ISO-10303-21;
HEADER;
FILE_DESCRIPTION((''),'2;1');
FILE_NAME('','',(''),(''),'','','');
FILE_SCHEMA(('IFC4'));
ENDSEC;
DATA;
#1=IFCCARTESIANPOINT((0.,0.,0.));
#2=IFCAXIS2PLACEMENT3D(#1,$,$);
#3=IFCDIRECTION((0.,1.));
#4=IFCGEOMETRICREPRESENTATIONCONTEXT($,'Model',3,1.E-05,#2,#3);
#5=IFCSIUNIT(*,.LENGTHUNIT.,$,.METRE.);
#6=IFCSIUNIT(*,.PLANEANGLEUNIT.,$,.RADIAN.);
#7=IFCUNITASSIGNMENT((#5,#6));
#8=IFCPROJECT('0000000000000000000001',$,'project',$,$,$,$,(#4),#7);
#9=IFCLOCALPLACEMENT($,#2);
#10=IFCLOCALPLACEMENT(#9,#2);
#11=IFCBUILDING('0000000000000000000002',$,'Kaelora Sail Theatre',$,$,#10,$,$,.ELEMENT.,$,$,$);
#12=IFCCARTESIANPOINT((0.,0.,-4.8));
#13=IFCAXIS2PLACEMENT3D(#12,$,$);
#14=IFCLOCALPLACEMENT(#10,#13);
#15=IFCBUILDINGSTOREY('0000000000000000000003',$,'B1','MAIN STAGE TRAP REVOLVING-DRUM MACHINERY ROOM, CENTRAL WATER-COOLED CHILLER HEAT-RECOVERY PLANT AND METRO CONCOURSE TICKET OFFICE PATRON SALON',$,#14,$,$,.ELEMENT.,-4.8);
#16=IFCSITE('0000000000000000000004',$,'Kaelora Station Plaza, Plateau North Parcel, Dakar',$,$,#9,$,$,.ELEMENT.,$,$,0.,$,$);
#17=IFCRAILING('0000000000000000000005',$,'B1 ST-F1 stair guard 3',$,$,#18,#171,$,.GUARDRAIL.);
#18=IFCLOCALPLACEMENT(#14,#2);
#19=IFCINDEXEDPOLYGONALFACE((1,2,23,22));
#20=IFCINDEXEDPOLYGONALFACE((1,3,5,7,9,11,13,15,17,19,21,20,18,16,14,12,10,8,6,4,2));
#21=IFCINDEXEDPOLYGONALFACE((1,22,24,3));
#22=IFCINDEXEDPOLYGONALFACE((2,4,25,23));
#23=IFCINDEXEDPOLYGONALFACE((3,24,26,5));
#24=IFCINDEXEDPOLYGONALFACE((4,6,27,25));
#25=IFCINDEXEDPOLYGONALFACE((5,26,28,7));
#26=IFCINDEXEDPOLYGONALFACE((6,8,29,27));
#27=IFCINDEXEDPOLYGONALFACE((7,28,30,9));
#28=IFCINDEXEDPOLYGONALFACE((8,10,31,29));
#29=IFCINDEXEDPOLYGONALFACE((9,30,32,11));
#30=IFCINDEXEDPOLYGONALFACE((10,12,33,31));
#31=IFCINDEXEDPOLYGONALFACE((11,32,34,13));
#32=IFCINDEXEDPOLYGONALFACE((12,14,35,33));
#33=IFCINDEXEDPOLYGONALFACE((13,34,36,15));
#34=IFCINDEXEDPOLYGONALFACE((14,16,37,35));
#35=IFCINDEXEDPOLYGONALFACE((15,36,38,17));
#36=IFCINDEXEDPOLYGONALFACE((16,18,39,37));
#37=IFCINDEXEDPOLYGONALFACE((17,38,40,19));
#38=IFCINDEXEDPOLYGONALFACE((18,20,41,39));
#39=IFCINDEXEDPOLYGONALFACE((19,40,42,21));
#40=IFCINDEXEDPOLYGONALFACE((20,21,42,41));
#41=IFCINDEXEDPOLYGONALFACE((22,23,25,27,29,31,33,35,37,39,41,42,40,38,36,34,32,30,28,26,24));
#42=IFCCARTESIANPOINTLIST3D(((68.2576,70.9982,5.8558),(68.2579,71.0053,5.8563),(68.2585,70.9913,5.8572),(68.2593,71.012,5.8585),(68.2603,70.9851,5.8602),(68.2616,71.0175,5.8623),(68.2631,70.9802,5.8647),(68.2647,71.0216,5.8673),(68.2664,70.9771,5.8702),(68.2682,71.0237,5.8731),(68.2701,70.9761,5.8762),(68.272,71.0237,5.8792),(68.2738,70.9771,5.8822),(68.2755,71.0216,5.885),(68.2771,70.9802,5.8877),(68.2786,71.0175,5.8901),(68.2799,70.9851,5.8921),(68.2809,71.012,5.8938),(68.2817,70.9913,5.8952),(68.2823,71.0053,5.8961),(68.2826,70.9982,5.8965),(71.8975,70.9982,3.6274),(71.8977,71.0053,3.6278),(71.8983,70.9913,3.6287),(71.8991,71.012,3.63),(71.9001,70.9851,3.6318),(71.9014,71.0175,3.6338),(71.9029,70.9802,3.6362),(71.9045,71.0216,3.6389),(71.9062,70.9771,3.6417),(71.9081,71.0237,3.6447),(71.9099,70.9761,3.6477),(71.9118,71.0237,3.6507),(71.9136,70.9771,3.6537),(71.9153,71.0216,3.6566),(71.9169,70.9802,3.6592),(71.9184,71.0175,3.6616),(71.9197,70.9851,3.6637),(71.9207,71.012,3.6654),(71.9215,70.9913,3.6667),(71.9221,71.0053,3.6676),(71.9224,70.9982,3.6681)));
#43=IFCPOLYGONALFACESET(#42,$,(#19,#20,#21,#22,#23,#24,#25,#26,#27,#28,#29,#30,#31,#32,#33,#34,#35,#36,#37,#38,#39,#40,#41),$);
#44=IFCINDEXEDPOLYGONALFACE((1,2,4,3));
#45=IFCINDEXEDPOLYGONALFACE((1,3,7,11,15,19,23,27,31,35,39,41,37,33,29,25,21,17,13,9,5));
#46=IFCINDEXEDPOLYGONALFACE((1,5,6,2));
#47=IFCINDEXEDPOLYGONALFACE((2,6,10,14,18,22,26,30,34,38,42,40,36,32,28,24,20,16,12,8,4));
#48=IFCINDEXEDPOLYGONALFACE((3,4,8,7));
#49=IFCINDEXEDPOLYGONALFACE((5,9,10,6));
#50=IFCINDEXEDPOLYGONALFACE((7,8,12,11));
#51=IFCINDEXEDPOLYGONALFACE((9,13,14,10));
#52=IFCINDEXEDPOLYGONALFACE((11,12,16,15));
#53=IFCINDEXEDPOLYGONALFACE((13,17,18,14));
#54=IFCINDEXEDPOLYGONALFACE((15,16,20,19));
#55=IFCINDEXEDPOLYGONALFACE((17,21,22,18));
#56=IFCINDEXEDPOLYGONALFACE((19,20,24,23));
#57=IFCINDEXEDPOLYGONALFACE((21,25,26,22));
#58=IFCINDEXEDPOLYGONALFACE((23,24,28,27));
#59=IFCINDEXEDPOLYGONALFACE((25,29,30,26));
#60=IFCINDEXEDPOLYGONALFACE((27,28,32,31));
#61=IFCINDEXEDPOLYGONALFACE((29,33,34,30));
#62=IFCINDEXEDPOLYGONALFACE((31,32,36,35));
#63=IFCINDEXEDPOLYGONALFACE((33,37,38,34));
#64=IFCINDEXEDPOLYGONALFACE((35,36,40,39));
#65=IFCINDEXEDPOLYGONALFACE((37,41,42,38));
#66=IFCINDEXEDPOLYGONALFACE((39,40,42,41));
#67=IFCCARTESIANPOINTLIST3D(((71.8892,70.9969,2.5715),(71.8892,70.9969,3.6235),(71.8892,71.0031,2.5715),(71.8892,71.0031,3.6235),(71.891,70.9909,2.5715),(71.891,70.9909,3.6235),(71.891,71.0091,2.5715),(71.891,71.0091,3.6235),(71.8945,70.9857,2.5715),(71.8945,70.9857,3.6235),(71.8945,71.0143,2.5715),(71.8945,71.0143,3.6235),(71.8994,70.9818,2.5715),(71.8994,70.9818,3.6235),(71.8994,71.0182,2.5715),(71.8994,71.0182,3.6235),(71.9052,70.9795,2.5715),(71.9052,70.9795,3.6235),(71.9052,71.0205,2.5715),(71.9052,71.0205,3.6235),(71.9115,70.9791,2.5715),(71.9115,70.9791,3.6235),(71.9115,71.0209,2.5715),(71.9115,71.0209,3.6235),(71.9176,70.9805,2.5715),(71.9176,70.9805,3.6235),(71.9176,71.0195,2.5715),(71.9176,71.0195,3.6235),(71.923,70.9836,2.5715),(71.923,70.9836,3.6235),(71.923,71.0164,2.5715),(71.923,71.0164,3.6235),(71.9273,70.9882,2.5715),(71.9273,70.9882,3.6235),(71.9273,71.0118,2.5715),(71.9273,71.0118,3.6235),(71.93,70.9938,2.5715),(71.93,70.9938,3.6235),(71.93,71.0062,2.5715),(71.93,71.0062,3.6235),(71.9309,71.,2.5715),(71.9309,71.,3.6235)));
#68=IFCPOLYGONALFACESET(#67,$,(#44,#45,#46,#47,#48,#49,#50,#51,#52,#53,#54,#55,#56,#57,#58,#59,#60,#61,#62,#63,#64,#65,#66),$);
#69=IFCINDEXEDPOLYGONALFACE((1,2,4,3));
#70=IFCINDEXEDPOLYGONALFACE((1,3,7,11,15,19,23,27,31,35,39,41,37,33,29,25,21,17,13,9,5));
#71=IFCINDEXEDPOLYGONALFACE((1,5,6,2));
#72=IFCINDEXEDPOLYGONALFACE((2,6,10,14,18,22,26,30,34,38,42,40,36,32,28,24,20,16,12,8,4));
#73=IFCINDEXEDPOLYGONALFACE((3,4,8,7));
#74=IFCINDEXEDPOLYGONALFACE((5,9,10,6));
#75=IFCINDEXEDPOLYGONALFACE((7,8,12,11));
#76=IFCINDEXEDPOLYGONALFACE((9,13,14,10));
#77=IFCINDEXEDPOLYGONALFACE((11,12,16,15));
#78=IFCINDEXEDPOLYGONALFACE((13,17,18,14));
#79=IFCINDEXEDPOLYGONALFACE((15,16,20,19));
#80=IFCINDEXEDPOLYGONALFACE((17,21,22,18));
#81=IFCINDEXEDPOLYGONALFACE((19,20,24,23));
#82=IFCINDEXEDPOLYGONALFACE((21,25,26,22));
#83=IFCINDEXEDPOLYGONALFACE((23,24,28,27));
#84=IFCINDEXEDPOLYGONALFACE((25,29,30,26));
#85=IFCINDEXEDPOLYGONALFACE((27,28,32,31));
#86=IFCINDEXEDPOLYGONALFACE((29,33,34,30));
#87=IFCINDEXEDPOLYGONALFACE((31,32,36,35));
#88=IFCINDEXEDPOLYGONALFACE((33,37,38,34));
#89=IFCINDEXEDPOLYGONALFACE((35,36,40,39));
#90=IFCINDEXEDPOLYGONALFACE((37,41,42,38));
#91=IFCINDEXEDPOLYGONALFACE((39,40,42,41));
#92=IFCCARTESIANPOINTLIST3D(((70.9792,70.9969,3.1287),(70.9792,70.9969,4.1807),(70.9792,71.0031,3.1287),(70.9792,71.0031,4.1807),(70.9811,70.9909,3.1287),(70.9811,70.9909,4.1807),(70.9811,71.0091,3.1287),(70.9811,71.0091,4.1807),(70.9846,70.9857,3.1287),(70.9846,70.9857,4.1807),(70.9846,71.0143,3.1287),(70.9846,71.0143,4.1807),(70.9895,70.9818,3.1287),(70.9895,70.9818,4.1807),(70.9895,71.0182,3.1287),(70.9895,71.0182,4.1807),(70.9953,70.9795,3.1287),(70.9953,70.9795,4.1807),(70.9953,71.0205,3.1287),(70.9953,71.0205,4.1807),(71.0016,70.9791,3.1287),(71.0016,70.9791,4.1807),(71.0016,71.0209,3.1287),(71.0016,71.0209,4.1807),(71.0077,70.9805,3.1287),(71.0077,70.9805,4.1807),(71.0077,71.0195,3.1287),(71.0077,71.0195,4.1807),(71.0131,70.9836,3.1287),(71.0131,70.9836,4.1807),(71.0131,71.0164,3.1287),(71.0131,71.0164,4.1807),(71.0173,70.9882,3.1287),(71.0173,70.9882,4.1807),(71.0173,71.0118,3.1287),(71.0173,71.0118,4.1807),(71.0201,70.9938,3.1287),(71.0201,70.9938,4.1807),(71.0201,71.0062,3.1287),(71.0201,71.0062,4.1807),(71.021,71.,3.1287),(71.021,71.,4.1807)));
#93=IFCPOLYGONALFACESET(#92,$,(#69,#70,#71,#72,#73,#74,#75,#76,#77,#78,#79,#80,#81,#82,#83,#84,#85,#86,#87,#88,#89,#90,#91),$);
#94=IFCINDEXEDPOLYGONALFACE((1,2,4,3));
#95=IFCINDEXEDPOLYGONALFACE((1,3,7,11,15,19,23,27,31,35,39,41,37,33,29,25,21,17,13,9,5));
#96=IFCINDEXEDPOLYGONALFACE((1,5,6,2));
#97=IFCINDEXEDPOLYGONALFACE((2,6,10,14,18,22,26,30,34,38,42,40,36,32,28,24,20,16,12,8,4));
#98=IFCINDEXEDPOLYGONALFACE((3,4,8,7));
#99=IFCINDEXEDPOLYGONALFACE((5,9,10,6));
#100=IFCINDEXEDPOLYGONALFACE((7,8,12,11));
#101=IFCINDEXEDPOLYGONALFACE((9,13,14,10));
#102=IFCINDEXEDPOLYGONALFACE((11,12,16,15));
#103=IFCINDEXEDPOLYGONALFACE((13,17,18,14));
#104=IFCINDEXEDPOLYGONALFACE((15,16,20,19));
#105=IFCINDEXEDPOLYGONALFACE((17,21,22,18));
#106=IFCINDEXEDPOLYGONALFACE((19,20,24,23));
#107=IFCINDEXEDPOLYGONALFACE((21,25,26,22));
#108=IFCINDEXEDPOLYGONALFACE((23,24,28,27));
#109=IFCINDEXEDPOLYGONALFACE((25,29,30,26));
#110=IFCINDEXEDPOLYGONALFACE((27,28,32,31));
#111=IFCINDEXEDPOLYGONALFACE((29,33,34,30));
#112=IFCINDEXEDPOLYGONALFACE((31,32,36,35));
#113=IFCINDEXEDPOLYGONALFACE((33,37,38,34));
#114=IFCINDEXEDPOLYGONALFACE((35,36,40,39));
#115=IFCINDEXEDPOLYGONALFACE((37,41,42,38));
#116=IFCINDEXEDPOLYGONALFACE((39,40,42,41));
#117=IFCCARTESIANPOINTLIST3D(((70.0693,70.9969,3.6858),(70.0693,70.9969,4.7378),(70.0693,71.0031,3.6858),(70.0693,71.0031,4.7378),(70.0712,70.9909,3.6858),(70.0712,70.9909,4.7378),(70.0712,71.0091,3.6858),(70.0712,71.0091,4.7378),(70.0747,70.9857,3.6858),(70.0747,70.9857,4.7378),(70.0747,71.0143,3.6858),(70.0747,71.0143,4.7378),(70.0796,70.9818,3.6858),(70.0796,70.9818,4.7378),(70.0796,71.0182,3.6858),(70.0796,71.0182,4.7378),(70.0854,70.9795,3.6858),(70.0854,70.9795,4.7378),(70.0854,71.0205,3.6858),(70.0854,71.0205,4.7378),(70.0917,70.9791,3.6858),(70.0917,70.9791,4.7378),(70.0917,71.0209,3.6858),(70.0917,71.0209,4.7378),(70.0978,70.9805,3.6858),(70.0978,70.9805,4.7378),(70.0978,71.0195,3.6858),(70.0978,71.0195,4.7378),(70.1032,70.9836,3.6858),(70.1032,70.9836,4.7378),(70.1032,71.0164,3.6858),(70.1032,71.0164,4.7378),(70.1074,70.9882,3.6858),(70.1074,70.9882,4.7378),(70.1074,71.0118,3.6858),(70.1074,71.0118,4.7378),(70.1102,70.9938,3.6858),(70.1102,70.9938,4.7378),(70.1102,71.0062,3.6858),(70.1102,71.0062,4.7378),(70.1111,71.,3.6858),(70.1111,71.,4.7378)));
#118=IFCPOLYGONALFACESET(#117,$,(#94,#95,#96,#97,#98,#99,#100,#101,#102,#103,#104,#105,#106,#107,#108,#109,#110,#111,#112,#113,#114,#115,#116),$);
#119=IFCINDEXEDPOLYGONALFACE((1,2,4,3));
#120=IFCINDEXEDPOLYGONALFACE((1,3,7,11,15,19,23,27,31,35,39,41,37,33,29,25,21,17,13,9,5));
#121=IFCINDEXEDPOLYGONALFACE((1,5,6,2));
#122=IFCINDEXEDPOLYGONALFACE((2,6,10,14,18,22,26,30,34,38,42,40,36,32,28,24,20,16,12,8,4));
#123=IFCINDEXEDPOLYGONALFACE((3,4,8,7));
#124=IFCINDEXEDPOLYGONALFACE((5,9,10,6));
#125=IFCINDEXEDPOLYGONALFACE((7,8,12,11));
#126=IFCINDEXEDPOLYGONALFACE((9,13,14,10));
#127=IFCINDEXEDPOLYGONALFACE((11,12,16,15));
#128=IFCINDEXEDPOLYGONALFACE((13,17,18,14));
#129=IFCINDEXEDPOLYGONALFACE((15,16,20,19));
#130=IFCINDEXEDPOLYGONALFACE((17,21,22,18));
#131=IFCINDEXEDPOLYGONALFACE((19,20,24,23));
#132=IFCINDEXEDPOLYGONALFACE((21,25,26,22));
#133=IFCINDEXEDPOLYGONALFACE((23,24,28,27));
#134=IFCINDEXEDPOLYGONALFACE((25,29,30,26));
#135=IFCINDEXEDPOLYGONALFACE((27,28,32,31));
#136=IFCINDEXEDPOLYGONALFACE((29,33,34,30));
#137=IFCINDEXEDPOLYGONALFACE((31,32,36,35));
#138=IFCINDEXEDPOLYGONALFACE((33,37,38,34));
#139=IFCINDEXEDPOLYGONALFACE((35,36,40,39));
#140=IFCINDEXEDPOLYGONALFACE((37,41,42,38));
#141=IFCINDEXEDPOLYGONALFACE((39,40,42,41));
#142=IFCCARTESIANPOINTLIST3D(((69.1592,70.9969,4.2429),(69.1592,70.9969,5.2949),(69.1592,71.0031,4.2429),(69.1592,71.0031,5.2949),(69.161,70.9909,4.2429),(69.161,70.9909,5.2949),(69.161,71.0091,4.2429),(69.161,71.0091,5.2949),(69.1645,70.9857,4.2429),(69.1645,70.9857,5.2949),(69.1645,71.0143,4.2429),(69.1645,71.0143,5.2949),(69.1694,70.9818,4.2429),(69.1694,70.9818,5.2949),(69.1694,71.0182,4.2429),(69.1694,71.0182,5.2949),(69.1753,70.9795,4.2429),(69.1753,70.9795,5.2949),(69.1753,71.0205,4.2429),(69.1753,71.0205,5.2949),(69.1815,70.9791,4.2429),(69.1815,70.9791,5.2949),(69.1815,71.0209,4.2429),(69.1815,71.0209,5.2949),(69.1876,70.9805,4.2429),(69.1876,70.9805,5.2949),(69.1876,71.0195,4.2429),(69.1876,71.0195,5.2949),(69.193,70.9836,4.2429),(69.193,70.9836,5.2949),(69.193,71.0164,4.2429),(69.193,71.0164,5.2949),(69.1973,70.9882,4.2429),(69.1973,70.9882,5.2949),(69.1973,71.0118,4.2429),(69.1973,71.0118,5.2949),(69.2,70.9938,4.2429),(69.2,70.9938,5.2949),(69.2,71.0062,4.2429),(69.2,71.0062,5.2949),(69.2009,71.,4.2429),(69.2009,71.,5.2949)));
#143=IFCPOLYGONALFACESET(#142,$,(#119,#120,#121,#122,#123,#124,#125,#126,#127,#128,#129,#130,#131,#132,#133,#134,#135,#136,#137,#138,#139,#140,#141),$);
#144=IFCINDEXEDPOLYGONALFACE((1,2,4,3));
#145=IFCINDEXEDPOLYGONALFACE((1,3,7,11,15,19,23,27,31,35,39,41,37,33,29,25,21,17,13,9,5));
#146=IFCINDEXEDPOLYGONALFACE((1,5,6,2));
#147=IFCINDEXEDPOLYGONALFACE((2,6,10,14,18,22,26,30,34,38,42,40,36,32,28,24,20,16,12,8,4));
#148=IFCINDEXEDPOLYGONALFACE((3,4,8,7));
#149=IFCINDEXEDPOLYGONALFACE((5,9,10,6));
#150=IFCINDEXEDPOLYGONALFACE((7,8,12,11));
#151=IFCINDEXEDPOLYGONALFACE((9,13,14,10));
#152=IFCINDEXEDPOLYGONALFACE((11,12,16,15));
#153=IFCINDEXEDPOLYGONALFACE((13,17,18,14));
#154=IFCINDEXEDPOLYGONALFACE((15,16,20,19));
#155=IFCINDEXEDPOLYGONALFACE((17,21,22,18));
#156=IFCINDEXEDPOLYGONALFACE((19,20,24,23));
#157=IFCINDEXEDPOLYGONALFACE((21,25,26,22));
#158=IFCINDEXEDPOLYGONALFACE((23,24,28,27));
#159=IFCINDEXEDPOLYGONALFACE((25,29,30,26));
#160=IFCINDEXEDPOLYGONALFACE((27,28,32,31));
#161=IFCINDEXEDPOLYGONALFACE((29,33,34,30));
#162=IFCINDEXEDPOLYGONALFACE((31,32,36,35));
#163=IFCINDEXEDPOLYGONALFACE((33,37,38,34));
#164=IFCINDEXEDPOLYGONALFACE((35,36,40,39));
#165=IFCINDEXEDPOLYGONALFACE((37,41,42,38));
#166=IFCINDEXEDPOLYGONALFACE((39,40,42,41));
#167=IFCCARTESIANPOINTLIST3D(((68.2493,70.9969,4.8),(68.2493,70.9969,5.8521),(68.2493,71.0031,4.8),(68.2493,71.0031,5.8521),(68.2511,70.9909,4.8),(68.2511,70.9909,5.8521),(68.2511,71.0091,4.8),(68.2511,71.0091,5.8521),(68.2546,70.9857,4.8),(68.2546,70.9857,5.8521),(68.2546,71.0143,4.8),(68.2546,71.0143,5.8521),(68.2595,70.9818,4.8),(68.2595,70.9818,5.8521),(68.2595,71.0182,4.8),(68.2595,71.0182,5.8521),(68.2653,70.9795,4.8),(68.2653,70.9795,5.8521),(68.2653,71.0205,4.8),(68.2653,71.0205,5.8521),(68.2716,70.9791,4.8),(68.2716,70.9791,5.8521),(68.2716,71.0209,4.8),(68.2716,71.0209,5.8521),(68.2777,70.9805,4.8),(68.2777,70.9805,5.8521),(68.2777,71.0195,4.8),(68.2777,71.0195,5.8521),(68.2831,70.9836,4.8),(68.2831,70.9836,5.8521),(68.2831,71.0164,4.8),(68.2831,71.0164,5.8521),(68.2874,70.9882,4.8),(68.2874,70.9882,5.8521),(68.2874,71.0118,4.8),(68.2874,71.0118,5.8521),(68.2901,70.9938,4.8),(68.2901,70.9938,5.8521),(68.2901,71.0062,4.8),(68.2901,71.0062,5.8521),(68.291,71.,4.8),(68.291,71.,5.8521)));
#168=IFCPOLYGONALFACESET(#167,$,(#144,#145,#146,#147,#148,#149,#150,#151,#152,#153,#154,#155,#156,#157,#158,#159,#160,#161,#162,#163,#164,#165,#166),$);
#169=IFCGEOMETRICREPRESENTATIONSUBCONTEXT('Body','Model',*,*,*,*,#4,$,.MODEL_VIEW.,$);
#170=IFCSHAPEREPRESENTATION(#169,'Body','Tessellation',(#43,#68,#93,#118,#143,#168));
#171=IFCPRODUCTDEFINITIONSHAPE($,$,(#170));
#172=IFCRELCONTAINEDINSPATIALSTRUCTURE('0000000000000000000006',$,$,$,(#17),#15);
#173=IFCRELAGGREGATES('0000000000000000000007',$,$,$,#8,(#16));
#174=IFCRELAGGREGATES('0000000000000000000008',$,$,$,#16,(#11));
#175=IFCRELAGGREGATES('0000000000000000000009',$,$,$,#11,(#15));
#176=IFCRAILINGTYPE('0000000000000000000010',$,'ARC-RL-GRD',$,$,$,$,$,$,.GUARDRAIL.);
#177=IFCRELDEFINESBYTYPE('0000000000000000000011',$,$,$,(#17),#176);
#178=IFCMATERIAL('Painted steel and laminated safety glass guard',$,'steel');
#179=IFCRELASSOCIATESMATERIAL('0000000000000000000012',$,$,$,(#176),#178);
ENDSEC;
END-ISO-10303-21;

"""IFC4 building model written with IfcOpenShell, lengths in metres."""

from ifc_helpers import new_model, si_unit, direction, frame, origin, origin_2d, place, context, subcontext, project, spatial, circle, extrude, material, type_object, element, save


model = new_model("IFC4")

# Units and contexts
model_context = context("Model", 3, precision=1e-05, world=origin(), true_north=direction((0.0, 1.0)))
body_context = subcontext(model_context, "Body", "Model", "MODEL_VIEW")
ifc_project = project(units=[si_unit("LENGTHUNIT", "METRE"), si_unit("PLANEANGLEUNIT", "RADIAN")], contexts=[model_context])

# Site, building, storey
site_placement = place(None, origin())
site = spatial("IfcSite", under=ifc_project, at=site_placement, Name="Kaelora Station Plaza, Plateau North Parcel, Dakar", CompositionType="ELEMENT", RefElevation=0.0)
building_placement = place(site_placement, origin())
building = spatial("IfcBuilding", under=site, at=building_placement, Name="Kaelora Sail Theatre", CompositionType="ELEMENT")
storey_placement = place(building_placement, frame((0.0, 0.0, -4.8)))
storey = spatial("IfcBuildingStorey", under=building, at=storey_placement, Name="B1", Description="MAIN STAGE TRAP REVOLVING-DRUM MACHINERY ROOM, CENTRAL WATER-COOLED CHILLER HEAT-RECOVERY PLANT AND METRO CONCOURSE TICKET OFFICE PATRON SALON", CompositionType="ELEMENT", Elevation=-4.8)

# Railing
ifc_material_1 = material(Name="Painted steel and laminated safety glass guard", Category="steel")
railing_type_1 = type_object("IfcRailingType", Name="ARC-RL-GRD", PredefinedType="GUARDRAIL", material=ifc_material_1)
railing_1_placement = place(storey_placement, frame((71.9099, 71.0, 2.5715)))
element("IfcRailing", 1, at=railing_1_placement, inside=storey, type_object=railing_type_1, Name="B1 ST-F1 stair guard 3", PredefinedType="GUARDRAIL", context=body_context, shape_type="SweptSolid", body=[
    extrude(circle(Radius=0.0239, at=origin_2d()), frame((0.0, 0.0, 1.0762), z_axis=(-0.85285, 0.0, 0.522156), x_axis=(0.0, -1.0, 0.0)), (0.0, 0.0, 1.0), 4.2678),
    extrude(circle(Radius=0.021, at=origin_2d()), origin(), (0.0, 0.0, 1.0), 1.052),
    extrude(circle(Radius=0.021, at=origin_2d()), frame((-0.9099, 0.0, 0.5571)), (0.0, 0.0, 1.0), 1.052),
    extrude(circle(Radius=0.021, at=origin_2d()), frame((-1.8198, 0.0, 1.1143)), (0.0, 0.0, 1.0), 1.052),
    extrude(circle(Radius=0.021, at=origin_2d()), frame((-2.73, 0.0, 1.6714)), (0.0, 0.0, 1.0), 1.052),
    extrude(circle(Radius=0.021, at=origin_2d()), frame((-3.6399, 0.0, 2.2285)), (0.0, 0.0, 1.0), 1.052),
])

save(model, "model.ifc")
